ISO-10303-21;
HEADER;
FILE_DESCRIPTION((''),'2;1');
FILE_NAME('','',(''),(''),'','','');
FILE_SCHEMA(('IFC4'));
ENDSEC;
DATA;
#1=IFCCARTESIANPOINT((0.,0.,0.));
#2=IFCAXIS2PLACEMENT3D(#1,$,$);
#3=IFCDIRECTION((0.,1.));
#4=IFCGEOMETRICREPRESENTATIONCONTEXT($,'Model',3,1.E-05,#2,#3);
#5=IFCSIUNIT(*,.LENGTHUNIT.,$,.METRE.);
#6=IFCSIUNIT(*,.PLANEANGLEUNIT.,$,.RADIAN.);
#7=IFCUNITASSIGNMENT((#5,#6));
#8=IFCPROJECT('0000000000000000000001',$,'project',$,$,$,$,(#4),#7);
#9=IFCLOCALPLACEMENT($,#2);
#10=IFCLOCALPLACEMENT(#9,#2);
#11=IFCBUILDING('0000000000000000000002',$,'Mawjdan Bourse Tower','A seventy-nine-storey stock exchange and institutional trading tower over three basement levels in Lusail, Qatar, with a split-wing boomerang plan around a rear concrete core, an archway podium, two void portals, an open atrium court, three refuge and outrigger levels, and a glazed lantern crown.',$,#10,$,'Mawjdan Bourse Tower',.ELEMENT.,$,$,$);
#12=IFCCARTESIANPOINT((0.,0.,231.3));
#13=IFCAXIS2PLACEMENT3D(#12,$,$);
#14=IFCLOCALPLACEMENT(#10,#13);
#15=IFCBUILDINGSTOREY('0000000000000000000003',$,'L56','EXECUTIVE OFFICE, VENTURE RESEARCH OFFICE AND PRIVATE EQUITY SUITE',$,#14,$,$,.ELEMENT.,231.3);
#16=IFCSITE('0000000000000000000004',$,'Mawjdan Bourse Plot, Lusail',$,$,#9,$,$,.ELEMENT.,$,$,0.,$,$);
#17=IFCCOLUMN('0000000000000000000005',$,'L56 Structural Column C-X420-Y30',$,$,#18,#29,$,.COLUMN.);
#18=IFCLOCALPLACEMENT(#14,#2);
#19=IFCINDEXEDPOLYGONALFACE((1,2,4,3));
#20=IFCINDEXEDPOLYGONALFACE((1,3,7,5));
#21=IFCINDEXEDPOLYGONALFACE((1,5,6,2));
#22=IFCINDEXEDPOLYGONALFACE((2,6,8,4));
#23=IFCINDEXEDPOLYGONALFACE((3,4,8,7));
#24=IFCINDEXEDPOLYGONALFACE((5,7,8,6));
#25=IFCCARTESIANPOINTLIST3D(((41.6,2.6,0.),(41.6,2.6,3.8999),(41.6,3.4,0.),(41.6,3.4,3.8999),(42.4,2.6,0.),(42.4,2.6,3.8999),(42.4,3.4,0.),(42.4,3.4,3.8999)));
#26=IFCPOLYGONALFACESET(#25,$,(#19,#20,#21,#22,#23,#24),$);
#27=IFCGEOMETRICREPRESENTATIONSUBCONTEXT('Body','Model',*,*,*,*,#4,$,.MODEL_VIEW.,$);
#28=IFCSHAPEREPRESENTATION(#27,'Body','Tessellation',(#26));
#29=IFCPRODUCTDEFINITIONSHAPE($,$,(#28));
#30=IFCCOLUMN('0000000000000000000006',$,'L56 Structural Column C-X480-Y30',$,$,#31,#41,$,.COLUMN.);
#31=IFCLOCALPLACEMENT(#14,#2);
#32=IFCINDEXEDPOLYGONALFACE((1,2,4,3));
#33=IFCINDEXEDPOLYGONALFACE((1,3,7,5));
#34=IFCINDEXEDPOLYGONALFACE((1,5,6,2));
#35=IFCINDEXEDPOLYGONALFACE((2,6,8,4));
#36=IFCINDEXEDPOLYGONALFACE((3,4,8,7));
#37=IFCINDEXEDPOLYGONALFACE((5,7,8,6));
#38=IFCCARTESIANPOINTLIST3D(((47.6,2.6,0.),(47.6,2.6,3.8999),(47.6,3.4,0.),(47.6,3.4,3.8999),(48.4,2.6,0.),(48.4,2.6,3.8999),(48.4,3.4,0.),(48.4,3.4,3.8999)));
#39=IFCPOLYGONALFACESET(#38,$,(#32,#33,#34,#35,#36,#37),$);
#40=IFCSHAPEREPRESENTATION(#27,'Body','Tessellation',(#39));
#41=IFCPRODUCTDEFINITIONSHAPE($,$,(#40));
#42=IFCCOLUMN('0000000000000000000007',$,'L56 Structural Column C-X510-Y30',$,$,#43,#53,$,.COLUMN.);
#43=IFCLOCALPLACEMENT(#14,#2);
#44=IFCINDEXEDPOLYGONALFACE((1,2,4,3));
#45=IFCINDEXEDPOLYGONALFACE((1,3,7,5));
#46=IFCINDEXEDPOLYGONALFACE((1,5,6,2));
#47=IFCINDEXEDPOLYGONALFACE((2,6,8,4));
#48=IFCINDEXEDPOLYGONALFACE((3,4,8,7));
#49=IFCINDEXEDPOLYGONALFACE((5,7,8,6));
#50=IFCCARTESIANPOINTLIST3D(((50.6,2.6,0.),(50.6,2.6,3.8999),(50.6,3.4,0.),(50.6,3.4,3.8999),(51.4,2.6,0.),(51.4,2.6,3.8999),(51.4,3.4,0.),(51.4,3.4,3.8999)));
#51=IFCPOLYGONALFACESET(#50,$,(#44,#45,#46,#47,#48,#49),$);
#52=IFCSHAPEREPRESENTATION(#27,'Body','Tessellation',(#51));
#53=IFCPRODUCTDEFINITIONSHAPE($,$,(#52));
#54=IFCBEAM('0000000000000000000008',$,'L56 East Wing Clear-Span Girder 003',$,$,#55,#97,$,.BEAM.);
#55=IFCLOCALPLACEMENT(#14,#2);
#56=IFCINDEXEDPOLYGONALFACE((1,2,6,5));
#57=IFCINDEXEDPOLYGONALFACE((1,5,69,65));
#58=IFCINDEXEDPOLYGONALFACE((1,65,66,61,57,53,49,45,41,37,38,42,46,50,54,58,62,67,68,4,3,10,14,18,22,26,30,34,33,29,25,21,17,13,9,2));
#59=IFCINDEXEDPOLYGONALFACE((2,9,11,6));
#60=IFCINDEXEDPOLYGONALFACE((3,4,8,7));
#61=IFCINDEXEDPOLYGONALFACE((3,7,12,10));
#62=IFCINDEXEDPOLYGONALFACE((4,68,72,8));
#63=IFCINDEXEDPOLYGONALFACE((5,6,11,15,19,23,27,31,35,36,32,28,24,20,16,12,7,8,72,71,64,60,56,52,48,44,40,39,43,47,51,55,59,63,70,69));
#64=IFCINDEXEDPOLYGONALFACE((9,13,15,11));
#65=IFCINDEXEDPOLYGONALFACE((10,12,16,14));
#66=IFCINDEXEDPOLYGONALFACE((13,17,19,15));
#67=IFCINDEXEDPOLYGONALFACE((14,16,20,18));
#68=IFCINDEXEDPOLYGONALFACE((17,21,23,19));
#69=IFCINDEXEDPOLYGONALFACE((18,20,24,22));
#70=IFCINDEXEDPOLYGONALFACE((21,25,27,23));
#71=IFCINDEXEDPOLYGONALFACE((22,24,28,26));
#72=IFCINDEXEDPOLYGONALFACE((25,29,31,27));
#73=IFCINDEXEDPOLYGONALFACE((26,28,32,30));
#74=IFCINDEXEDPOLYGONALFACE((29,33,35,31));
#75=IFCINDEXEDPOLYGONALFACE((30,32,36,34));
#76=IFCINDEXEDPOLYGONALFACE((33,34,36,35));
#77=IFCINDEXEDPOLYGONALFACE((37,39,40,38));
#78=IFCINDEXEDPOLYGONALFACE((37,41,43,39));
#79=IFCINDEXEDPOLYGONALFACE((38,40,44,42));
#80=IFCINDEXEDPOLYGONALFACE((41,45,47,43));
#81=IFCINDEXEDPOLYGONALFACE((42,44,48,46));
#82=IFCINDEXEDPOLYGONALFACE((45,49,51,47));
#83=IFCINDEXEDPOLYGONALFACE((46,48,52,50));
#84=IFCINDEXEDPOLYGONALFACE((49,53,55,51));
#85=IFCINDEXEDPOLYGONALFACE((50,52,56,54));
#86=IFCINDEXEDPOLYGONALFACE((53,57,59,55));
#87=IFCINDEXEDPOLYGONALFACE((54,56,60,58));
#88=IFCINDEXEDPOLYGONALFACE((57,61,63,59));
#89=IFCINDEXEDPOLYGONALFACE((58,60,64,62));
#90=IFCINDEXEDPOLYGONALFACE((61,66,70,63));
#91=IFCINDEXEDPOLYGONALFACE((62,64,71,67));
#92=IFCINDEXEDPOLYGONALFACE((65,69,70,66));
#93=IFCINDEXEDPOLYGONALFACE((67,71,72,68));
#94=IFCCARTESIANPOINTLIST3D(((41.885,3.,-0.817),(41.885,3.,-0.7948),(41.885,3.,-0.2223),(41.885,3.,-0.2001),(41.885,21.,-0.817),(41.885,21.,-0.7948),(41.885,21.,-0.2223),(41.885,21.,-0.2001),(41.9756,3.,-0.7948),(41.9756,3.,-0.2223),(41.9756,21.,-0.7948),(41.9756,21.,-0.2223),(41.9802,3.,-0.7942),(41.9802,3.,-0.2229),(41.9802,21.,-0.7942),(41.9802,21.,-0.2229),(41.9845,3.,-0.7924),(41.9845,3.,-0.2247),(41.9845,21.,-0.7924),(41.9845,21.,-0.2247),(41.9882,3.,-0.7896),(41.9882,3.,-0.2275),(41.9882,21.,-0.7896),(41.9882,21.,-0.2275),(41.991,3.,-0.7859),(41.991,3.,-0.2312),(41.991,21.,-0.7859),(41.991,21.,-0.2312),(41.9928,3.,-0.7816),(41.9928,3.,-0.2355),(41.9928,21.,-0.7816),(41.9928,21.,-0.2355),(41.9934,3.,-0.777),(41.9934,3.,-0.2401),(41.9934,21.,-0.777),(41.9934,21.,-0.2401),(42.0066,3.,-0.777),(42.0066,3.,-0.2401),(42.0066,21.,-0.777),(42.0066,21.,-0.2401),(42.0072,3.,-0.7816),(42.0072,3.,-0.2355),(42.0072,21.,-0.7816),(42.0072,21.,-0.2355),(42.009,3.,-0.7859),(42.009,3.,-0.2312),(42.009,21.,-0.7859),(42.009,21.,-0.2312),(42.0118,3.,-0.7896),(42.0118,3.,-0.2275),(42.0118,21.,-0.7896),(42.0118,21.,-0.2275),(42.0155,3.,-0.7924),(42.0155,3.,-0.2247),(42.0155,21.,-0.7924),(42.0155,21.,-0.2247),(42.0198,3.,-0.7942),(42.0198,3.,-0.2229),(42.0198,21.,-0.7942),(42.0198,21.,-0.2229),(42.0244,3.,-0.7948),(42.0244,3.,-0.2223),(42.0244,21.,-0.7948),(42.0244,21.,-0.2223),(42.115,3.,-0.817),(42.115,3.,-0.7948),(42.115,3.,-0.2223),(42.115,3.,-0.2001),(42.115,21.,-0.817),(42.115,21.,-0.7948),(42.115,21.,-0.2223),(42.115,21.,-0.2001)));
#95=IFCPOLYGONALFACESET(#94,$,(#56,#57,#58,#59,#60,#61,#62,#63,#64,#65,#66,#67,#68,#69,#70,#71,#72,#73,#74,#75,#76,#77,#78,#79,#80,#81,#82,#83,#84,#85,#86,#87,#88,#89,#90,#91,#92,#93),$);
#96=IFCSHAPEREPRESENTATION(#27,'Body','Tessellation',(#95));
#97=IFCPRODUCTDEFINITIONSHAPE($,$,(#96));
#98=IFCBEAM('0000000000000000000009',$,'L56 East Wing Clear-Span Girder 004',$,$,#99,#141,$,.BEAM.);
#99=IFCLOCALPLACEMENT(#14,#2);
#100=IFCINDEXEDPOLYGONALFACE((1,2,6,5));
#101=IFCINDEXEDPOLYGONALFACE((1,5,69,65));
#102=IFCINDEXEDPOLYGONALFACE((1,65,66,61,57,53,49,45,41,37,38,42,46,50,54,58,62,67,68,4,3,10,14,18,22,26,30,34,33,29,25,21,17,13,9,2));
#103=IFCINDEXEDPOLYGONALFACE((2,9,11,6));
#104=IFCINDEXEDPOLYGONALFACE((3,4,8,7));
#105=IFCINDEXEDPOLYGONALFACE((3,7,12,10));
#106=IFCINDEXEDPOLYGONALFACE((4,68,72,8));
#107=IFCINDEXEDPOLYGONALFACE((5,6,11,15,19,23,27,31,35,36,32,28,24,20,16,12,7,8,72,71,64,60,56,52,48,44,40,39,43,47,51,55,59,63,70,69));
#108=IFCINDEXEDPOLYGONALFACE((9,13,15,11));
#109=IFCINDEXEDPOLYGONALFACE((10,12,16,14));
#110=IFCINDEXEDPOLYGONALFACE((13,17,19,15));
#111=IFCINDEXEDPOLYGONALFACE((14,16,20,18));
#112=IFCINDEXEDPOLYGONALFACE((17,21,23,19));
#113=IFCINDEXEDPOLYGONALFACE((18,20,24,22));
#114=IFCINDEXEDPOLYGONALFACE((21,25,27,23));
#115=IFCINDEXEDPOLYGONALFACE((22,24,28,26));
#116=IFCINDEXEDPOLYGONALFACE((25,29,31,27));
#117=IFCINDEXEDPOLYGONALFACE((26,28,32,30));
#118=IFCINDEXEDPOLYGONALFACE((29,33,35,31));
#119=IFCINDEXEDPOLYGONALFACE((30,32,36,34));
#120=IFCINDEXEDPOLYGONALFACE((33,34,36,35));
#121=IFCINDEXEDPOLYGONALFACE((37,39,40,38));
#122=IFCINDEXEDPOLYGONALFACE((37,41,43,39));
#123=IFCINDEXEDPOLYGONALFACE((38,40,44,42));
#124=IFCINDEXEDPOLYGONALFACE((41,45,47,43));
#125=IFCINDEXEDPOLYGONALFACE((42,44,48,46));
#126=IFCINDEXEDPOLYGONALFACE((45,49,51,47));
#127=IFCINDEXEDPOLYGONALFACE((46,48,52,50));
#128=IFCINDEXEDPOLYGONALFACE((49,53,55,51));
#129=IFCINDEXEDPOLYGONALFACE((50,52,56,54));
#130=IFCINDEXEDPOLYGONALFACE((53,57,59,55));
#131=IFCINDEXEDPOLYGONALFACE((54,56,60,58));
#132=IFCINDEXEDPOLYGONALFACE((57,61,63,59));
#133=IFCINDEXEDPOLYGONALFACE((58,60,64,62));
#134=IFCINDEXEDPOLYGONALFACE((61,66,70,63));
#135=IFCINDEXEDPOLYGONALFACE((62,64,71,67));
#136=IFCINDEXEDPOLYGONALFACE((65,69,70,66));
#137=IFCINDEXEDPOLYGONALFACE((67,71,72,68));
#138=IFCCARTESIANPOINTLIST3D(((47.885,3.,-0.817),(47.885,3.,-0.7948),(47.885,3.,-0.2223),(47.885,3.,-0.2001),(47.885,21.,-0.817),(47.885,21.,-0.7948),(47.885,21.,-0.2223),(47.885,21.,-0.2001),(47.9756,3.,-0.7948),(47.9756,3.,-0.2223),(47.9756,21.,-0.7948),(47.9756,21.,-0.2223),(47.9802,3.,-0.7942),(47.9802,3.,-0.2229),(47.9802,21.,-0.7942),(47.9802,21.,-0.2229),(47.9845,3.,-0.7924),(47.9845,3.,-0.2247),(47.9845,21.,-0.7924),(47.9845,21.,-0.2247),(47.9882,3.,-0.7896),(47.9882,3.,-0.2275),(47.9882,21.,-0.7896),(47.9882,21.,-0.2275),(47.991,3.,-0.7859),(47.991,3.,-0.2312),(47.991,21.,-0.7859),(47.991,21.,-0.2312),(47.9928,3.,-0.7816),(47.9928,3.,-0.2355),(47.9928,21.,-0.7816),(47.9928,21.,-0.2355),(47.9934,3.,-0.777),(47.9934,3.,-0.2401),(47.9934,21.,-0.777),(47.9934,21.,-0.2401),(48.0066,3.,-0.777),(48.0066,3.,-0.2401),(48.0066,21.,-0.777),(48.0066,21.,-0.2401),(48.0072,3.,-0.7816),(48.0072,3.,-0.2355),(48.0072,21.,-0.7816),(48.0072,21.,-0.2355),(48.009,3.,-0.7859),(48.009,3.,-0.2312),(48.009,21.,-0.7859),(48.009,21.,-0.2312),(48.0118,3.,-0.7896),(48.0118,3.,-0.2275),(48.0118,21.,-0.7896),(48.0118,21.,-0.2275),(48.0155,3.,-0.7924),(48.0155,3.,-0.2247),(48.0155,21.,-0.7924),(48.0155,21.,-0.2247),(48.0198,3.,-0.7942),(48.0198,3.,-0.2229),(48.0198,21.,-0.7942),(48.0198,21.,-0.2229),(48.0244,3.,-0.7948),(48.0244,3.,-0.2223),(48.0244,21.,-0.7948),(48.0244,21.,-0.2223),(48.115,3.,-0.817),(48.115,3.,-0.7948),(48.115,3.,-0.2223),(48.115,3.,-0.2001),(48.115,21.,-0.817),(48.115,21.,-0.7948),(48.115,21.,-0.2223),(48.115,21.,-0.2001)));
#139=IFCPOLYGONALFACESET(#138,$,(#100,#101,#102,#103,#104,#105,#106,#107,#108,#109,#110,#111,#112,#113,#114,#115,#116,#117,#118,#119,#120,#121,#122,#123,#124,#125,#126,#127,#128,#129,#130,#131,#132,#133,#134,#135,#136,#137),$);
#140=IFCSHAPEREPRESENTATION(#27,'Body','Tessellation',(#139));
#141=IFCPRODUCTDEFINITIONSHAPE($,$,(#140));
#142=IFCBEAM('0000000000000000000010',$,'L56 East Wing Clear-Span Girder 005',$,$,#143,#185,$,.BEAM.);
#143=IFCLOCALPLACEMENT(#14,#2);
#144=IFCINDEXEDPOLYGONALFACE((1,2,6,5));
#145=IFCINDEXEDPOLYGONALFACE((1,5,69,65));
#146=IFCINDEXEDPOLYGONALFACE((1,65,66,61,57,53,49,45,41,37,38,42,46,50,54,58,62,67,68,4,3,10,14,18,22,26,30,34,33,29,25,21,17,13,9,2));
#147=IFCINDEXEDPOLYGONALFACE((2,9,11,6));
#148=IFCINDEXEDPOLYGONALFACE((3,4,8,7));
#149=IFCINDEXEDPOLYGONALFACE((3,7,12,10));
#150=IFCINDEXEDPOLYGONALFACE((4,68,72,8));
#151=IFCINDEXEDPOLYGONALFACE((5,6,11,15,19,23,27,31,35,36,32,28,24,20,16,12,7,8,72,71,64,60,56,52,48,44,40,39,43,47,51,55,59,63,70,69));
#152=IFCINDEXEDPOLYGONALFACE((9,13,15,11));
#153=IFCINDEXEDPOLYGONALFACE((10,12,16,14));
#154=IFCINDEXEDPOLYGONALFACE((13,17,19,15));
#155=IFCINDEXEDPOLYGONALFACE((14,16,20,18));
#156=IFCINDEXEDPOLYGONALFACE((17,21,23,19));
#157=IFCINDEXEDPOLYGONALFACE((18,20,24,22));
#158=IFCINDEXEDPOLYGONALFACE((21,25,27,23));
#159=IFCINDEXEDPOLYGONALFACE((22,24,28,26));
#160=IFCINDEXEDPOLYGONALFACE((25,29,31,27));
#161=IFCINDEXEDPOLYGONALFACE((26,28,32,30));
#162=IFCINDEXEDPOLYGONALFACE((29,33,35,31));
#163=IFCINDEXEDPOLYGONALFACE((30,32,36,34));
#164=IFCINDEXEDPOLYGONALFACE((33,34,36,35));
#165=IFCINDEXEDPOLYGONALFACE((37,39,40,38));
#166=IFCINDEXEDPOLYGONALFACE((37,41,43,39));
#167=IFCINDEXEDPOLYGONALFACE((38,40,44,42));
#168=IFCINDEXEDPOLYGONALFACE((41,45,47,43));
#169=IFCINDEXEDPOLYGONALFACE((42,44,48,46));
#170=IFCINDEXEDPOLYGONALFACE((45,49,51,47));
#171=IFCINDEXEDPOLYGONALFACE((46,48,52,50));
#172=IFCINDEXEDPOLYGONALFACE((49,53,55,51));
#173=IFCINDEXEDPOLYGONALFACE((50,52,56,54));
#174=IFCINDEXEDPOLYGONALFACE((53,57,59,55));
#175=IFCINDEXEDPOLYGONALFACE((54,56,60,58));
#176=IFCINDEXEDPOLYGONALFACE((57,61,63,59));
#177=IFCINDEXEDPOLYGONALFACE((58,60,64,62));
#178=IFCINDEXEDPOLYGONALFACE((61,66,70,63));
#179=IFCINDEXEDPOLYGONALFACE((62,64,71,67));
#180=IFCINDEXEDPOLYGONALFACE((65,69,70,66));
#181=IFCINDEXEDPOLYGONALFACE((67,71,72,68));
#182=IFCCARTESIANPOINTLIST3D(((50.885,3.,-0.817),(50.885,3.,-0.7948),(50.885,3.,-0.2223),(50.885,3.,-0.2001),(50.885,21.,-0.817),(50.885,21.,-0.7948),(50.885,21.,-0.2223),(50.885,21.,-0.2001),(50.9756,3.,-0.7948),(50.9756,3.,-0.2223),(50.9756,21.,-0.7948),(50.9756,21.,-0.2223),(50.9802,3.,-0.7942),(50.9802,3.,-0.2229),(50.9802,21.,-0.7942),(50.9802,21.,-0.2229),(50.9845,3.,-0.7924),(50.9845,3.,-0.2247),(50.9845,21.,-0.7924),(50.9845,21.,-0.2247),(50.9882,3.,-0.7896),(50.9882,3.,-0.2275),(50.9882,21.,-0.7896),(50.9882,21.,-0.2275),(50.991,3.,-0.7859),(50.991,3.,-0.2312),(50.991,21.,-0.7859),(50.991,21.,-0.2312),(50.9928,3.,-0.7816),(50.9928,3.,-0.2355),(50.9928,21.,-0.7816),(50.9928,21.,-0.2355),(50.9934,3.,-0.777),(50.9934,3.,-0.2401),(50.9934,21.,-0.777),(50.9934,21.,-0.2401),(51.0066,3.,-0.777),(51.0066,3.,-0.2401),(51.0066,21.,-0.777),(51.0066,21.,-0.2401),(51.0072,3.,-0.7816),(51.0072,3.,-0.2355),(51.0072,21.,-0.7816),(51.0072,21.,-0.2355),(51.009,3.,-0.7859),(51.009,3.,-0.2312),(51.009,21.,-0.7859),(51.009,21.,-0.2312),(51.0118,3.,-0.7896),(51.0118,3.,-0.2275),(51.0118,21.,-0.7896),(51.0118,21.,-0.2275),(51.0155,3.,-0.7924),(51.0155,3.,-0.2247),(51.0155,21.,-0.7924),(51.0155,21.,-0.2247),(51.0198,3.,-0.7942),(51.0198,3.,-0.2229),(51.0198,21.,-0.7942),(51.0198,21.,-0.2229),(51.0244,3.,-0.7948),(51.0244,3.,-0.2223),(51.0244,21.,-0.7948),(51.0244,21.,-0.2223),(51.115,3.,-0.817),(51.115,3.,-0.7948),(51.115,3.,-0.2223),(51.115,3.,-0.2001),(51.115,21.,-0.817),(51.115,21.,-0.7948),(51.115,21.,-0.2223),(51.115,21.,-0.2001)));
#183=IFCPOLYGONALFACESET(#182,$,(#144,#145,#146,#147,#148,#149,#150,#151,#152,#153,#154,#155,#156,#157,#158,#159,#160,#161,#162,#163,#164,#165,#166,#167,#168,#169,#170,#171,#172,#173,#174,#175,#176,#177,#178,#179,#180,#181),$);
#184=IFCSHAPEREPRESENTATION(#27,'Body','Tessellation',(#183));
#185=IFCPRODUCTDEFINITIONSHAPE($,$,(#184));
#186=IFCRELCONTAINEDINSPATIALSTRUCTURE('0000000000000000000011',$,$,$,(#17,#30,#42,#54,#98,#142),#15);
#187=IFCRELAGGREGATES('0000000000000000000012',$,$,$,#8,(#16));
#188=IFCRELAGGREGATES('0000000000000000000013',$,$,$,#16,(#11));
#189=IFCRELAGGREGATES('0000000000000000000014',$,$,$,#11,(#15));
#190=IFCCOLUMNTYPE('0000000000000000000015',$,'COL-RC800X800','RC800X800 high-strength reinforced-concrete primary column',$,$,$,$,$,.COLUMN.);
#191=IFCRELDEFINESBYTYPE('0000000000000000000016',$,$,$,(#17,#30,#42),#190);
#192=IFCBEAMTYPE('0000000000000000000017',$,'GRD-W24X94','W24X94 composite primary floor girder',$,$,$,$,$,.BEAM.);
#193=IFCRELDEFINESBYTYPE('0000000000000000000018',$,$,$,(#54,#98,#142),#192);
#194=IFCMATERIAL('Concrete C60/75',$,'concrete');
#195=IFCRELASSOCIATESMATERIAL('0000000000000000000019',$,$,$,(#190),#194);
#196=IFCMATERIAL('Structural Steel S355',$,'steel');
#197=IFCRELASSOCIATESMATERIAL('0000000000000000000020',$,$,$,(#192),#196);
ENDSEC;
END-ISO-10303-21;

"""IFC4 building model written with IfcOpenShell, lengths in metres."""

from ifc_helpers import new_model, si_unit, direction, frame, origin, origin_2d, place, context, subcontext, project, spatial, rectangle, i_section, extrude, material, material_profile, profile_set, type_object, element, save


model = new_model("IFC4")

# Units and contexts
model_context = context("Model", 3, precision=1e-05, world=origin(), true_north=direction((0.0, 1.0)))
body_context = subcontext(model_context, "Body", "Model", "MODEL_VIEW")
ifc_project = project(units=[si_unit("LENGTHUNIT", "METRE"), si_unit("PLANEANGLEUNIT", "RADIAN")], contexts=[model_context])

# Site, building, storey
site_placement = place(None, origin())
site = spatial("IfcSite", under=ifc_project, at=site_placement, Name="Mawjdan Bourse Plot, Lusail", CompositionType="ELEMENT", RefElevation=0.0)
building_placement = place(site_placement, origin())
building = spatial("IfcBuilding", under=site, at=building_placement, Name="Mawjdan Bourse Tower", Description="A seventy-nine-storey stock exchange and institutional trading tower over three basement levels in Lusail, Qatar, with a split-wing boomerang plan around a rear concrete core, an archway podium, two void portals, an open atrium court, three refuge and outrigger levels, and a glazed lantern crown.", LongName="Mawjdan Bourse Tower", CompositionType="ELEMENT")
storey_placement = place(building_placement, frame((0.0, 0.0, 231.3)))
storey = spatial("IfcBuildingStorey", under=building, at=storey_placement, Name="L56", Description="EXECUTIVE OFFICE, VENTURE RESEARCH OFFICE AND PRIVATE EQUITY SUITE", CompositionType="ELEMENT", Elevation=231.3)

# Columns
ifc_material_1 = material(Name="Concrete C60/75", Category="concrete")
ifc_material_profile_1 = material_profile(ifc_material_1, rectangle(XDim=0.8, YDim=0.8, at=origin_2d()), Name="RC800X800")
ifc_profile_set_1 = profile_set([ifc_material_profile_1], Name="Concrete C60/75")
column_type = type_object("IfcColumnType", Name="COL-RC800X800", Description="RC800X800 high-strength reinforced-concrete primary column", PredefinedType="COLUMN", material=ifc_profile_set_1)
for number, where, z_axis, x_axis, name in (
    (1, (42.0, 3.0, 0.0), (0.0, 0.0, 1.0), (1.0, 0.0, 0.0), "L56 Structural Column C-X420-Y30"),
    (2, (48.0, 3.0, 0.0), (0.0, 0.0, 1.0), (1.0, 0.0, 0.0), "L56 Structural Column C-X480-Y30"),
    (3, (51.0, 3.0, 0.0), (0.0, 0.0, 1.0), (1.0, 0.0, 0.0), "L56 Structural Column C-X510-Y30"),
):
    element("IfcColumn", number, at=place(storey_placement, frame(where, z_axis=z_axis, x_axis=x_axis)), inside=storey, type_object=column_type, Name=name, PredefinedType="COLUMN", context=body_context, shape_type="SweptSolid", body=[
        extrude(rectangle(XDim=0.8, YDim=0.8, at=origin_2d()), origin(), (0.0, 0.0, 1.0), 3.8999),
    ])

# Beams
ifc_material_2 = material(Name="Structural Steel S355", Category="steel")
ifc_material_profile_2 = material_profile(ifc_material_2, i_section(OverallWidth=0.23, OverallDepth=0.6169, WebThickness=0.0132, FlangeThickness=0.0222, FilletRadius=0.0178, at=origin_2d()), Name="W24X94")
ifc_profile_set_2 = profile_set([ifc_material_profile_2], Name="Structural Steel S355")
beam_type_1 = type_object("IfcBeamType", Name="GRD-W24X94", Description="W24X94 composite primary floor girder", PredefinedType="BEAM", material=ifc_profile_set_2)
for number, where, z_axis, x_axis, name in (
    (4, (42.0, 3.0, -0.5085), (0.0, 1.0, 0.0), (-1.0, 0.0, 0.0), "L56 East Wing Clear-Span Girder 003"),
    (5, (48.0, 3.0, -0.5085), (0.0, 1.0, 0.0), (-1.0, 0.0, 0.0), "L56 East Wing Clear-Span Girder 004"),
    (6, (51.0, 3.0, -0.5085), (0.0, 1.0, 0.0), (-1.0, 0.0, 0.0), "L56 East Wing Clear-Span Girder 005"),
):
    element("IfcBeam", number, at=place(storey_placement, frame(where, z_axis=z_axis, x_axis=x_axis)), inside=storey, type_object=beam_type_1, Name=name, PredefinedType="BEAM", context=body_context, shape_type="SweptSolid", body=[
        extrude(i_section(OverallWidth=0.23, OverallDepth=0.6169, WebThickness=0.0132, FlangeThickness=0.0222, FilletRadius=0.0178, at=origin_2d()), origin(), (0.0, 0.0, 1.0), 18.0),
    ])

save(model, "model.ifc")
